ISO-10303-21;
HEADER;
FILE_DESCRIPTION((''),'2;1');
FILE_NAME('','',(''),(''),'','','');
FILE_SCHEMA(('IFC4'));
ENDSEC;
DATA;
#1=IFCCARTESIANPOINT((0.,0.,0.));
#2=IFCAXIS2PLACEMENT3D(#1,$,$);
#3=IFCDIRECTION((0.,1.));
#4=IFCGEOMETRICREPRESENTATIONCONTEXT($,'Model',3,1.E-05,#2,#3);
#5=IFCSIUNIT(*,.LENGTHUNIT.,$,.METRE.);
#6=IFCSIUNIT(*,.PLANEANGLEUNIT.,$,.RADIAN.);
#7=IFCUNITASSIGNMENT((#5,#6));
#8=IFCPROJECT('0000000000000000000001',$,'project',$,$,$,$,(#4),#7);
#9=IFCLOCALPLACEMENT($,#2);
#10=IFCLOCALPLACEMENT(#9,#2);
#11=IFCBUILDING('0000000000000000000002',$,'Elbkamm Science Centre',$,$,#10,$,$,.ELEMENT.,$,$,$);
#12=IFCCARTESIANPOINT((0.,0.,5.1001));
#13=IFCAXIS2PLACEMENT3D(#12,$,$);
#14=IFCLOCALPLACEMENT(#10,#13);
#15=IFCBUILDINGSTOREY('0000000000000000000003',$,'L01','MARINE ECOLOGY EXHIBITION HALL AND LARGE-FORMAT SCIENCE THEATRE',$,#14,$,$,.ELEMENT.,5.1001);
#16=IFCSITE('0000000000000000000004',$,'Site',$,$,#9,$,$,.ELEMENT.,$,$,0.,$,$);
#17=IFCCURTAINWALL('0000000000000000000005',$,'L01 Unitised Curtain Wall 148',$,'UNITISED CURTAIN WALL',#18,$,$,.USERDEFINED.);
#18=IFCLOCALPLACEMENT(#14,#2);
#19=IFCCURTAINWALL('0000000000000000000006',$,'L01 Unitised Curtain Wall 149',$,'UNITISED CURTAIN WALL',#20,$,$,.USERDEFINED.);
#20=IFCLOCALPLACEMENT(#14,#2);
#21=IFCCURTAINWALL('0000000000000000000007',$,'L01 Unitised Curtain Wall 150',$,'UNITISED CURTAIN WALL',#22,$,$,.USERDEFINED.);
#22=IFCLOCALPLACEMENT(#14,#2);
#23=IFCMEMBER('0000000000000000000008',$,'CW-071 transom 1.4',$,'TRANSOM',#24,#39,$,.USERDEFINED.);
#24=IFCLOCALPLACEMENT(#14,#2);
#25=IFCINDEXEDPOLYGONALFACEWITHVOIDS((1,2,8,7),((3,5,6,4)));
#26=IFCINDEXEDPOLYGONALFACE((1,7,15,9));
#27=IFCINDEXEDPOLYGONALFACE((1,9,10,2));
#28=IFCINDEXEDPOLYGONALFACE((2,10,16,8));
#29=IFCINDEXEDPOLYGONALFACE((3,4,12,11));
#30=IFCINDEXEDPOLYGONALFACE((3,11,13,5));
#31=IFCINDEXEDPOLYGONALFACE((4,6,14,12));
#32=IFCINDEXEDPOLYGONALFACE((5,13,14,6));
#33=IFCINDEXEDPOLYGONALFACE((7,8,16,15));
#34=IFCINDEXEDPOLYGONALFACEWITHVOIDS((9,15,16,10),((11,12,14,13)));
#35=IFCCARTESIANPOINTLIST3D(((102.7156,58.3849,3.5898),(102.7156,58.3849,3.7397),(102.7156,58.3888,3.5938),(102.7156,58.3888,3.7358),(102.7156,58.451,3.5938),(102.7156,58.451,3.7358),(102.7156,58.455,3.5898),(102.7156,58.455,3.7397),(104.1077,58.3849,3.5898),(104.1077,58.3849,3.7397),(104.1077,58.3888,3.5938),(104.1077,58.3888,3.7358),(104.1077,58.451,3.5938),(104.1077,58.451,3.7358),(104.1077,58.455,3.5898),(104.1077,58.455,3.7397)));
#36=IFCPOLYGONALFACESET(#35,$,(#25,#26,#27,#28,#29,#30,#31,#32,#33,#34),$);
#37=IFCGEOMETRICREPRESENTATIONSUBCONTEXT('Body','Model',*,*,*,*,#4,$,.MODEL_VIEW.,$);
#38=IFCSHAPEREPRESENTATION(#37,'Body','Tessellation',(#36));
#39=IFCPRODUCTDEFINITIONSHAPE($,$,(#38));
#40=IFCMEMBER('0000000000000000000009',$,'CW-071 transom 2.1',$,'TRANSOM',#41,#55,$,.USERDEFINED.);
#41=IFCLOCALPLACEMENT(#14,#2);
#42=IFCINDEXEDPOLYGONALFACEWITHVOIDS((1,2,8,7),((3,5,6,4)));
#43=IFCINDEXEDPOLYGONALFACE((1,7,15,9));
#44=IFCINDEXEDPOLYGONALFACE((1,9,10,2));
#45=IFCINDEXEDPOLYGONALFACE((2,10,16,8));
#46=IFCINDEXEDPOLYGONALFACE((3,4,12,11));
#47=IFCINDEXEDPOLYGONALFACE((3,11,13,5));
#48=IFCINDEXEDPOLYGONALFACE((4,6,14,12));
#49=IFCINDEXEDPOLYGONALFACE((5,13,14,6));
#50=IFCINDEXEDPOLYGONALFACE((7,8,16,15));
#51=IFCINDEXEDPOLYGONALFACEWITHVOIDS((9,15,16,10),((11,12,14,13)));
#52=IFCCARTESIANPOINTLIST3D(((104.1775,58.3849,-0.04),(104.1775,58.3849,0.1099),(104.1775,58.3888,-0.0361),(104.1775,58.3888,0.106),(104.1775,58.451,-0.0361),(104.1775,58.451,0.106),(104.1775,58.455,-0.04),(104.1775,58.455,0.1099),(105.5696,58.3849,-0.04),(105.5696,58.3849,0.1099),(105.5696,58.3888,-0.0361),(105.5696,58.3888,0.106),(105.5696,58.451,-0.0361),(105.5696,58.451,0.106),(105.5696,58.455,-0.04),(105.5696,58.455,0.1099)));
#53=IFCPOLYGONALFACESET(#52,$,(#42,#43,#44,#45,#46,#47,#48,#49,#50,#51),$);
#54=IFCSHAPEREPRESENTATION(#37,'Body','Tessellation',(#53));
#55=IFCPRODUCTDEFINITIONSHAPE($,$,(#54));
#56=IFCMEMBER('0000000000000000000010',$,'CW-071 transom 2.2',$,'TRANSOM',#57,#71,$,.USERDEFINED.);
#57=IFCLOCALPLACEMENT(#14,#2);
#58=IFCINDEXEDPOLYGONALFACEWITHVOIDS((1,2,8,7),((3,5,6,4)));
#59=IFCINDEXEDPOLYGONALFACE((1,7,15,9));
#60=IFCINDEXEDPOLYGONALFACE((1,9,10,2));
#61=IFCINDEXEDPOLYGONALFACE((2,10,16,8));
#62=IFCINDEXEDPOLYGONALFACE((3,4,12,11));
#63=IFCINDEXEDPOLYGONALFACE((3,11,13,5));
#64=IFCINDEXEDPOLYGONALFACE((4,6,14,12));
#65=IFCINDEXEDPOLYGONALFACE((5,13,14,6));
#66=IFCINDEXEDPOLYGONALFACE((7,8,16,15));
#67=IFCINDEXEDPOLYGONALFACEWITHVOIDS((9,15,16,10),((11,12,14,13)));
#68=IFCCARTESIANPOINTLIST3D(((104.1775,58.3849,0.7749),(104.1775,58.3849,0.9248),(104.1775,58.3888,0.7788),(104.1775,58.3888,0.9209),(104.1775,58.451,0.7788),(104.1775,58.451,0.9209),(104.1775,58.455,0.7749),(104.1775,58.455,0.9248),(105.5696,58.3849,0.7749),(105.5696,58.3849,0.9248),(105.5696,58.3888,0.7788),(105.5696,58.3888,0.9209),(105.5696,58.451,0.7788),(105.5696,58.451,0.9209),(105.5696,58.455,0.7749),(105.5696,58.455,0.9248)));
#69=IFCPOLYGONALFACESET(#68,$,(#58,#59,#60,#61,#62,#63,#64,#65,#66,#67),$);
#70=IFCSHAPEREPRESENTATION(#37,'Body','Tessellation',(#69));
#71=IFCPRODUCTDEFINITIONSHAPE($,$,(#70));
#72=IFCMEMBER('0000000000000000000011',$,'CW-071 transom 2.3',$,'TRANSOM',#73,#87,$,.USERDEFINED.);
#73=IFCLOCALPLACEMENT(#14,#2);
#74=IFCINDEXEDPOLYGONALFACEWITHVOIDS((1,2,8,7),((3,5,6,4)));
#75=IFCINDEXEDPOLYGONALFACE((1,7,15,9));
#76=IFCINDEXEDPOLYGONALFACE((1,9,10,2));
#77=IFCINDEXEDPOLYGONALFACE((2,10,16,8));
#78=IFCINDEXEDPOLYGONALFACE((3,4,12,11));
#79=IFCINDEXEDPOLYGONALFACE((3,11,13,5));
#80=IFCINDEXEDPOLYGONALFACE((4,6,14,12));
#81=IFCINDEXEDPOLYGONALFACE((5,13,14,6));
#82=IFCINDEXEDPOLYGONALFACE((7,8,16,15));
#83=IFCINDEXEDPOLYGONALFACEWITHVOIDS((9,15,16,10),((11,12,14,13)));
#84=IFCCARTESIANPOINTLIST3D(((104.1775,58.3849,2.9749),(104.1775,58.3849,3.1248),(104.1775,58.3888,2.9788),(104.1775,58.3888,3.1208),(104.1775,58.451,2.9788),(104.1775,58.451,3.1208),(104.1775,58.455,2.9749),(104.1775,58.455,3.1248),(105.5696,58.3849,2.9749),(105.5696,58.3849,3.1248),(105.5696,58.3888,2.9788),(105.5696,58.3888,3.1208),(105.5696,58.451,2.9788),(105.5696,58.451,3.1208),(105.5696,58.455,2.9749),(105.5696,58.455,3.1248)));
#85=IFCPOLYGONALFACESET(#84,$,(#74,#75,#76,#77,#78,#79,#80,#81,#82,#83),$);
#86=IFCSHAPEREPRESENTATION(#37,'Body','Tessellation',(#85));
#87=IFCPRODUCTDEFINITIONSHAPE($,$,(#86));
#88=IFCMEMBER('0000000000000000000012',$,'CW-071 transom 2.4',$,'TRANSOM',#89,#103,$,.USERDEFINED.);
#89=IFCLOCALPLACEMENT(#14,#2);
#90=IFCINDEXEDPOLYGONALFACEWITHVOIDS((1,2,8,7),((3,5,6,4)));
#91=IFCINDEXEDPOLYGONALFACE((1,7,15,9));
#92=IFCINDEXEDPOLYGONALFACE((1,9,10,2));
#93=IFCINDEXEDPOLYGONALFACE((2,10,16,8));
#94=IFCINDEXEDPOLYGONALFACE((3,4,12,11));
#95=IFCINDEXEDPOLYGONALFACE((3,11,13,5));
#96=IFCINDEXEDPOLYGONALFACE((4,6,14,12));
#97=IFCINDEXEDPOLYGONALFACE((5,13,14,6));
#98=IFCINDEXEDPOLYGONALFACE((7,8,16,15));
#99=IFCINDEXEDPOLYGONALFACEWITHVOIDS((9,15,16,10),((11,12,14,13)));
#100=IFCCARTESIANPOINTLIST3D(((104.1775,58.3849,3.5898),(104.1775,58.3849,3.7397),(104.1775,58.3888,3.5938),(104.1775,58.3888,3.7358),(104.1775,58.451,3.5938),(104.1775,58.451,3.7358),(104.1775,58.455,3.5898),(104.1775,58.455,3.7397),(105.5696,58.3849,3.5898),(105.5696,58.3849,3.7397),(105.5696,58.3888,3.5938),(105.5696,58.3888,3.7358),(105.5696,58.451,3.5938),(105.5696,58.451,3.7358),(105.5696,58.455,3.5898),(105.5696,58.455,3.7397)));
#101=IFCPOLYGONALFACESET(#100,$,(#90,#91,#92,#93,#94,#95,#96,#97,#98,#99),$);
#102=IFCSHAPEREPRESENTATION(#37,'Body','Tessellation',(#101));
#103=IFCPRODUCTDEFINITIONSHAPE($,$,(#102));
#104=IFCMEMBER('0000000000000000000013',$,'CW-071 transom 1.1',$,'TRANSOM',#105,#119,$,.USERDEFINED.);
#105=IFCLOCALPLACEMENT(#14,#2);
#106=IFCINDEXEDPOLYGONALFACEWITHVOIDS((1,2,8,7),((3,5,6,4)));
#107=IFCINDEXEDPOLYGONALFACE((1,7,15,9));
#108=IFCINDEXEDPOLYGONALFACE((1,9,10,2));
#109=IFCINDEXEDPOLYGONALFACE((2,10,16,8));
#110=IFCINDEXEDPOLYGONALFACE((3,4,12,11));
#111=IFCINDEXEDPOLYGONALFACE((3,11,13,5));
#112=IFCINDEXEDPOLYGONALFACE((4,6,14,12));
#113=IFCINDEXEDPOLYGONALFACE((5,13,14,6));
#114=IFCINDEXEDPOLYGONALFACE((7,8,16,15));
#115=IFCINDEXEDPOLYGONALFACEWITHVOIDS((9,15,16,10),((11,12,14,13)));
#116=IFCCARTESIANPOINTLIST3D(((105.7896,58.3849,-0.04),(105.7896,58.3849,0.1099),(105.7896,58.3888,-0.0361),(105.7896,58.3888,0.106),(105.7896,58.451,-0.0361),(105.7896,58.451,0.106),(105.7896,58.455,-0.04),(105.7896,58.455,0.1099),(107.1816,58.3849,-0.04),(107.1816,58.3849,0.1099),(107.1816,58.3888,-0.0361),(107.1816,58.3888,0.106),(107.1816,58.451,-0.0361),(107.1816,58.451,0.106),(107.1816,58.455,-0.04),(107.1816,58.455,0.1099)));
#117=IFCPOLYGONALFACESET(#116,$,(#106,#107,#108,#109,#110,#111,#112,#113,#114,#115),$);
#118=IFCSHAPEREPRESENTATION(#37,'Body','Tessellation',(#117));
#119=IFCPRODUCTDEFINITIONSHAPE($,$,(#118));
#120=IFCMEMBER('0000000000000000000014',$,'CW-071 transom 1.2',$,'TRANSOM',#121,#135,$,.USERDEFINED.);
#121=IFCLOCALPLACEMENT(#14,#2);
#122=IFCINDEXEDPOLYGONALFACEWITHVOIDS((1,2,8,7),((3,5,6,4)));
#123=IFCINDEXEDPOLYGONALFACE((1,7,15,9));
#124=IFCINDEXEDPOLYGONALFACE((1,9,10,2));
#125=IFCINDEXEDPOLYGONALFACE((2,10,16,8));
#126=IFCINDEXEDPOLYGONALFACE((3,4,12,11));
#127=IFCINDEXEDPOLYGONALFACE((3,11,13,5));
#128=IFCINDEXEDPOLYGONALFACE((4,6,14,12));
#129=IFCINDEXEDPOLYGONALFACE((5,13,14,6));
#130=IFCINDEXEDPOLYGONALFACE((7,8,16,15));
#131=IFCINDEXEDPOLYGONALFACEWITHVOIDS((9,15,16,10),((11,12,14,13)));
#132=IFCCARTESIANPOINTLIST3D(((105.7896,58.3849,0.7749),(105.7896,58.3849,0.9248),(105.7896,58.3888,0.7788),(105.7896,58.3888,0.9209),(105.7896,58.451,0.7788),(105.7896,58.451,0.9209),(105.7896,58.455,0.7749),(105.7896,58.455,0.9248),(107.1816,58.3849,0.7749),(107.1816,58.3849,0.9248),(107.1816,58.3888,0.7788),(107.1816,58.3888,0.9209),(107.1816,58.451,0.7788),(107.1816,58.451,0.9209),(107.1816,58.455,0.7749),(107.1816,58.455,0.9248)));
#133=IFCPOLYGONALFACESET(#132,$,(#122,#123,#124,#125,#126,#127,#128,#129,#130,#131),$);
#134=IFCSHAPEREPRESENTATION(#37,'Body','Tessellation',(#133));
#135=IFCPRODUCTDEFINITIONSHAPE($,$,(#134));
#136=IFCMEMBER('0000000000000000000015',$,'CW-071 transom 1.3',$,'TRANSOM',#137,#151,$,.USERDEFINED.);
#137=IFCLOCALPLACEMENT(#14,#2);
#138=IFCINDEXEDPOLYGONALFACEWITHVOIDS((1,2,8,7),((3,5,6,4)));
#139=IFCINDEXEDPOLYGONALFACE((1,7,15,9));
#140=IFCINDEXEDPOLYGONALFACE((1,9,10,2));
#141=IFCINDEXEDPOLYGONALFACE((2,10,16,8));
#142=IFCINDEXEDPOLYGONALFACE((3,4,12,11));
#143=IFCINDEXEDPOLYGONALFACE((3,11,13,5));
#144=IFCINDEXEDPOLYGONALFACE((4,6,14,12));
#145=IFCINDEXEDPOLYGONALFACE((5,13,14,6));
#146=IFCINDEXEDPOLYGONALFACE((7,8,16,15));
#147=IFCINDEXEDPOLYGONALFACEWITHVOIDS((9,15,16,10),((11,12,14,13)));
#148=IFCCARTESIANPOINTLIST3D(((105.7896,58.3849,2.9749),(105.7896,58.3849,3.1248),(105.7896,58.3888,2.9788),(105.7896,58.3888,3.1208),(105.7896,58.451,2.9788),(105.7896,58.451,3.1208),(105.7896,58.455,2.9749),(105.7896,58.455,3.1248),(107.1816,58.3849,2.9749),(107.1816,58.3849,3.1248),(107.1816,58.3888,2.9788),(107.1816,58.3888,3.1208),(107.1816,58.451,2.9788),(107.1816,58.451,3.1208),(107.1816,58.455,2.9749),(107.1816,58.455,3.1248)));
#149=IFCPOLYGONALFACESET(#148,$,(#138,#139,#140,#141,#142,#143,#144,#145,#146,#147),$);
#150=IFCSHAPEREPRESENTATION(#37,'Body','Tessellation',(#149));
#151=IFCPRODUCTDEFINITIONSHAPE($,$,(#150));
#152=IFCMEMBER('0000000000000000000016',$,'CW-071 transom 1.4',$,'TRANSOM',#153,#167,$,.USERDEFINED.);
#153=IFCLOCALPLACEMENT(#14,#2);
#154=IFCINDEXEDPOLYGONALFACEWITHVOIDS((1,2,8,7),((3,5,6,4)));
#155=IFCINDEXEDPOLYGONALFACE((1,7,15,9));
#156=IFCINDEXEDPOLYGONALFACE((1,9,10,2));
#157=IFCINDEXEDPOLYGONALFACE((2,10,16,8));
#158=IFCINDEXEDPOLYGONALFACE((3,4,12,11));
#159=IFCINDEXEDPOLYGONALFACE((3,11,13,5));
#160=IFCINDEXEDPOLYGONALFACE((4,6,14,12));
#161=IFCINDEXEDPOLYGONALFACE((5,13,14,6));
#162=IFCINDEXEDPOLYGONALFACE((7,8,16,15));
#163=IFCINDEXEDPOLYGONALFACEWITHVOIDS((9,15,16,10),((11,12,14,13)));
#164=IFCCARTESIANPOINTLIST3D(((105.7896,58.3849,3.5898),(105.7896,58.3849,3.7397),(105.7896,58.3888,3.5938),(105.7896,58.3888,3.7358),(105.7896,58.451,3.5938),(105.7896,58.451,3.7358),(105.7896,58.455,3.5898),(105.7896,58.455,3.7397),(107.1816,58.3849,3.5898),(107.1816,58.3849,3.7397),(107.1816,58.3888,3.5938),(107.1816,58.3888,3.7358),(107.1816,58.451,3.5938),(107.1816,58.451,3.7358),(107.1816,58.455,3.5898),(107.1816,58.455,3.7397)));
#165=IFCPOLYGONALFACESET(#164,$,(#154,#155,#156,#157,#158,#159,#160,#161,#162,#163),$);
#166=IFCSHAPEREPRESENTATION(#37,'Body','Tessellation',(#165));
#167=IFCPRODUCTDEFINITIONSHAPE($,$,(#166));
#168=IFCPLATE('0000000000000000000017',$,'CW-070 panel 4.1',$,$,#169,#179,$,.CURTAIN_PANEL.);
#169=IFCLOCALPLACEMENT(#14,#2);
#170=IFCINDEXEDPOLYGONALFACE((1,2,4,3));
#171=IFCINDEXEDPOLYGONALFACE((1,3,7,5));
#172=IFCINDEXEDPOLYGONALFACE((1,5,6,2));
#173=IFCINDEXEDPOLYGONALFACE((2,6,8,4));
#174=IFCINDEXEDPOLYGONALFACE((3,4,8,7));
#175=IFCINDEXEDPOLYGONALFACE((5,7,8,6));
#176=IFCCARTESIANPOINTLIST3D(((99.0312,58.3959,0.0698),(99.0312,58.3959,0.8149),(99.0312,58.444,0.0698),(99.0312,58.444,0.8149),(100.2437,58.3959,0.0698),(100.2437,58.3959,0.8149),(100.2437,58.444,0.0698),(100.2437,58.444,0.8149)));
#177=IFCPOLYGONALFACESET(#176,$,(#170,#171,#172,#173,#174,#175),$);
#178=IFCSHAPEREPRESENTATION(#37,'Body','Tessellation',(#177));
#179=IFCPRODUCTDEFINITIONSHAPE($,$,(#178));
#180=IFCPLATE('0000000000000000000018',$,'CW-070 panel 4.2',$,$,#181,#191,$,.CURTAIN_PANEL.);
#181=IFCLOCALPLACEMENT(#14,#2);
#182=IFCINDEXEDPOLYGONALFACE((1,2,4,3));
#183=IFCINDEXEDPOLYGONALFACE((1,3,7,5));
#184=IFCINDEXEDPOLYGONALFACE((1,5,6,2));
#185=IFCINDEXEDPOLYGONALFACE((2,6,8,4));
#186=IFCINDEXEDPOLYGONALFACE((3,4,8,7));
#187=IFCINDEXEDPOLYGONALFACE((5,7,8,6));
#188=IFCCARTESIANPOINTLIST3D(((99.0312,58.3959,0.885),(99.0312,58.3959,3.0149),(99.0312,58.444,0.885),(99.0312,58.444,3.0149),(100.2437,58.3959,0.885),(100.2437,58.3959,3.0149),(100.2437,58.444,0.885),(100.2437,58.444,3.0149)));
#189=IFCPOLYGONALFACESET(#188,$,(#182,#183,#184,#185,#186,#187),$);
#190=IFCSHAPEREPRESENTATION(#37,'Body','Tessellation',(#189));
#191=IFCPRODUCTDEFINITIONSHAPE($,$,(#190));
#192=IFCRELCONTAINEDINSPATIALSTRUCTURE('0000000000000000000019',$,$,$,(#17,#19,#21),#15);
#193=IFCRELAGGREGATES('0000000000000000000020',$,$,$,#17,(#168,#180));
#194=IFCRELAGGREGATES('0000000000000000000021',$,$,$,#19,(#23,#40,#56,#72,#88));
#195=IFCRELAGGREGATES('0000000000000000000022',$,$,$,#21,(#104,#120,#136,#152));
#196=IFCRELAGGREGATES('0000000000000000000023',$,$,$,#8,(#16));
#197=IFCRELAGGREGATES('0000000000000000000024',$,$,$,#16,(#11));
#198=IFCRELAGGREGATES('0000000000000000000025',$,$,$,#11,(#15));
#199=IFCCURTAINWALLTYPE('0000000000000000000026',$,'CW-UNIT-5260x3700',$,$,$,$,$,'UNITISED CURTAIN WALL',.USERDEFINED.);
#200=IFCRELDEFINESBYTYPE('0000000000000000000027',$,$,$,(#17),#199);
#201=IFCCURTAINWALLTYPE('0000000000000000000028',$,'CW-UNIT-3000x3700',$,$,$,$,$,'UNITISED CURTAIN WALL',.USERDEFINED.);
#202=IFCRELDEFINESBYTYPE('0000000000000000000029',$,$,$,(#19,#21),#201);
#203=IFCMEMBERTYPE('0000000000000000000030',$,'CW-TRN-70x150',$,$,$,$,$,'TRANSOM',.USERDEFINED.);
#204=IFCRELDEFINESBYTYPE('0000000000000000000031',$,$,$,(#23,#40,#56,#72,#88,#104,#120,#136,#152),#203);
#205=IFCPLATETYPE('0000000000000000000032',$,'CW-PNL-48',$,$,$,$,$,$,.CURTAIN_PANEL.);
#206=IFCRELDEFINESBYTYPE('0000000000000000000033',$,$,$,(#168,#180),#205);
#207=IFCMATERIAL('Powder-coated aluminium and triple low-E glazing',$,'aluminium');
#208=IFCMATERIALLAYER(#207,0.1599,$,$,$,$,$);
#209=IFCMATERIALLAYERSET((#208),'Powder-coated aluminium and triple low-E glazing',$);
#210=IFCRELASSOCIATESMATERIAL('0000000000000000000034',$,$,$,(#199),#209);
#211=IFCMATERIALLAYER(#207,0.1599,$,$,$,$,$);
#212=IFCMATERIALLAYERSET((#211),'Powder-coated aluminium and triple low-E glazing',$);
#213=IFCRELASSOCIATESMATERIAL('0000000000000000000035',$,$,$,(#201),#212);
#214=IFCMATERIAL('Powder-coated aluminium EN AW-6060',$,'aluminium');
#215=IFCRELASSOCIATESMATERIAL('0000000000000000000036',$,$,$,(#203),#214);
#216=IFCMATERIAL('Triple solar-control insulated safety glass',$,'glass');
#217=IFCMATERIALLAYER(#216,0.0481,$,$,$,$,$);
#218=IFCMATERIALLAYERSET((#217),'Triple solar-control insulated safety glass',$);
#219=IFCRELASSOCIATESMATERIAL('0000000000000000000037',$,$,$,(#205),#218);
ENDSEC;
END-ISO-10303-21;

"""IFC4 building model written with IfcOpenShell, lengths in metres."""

from ifc_helpers import new_model, si_unit, direction, frame, origin, origin_2d, place, context, subcontext, project, spatial, rectangle, hollow_rectangle, extrude, material, layer, layer_set, material_profile, profile_set, type_object, element, aggregate, save


model = new_model("IFC4")

# Units and contexts
model_context = context("Model", 3, precision=1e-05, world=origin(), true_north=direction((0.0, 1.0)))
body_context = subcontext(model_context, "Body", "Model", "MODEL_VIEW")
ifc_project = project(units=[si_unit("LENGTHUNIT", "METRE"), si_unit("PLANEANGLEUNIT", "RADIAN")], contexts=[model_context])

# Site, building, storey
site_placement = place(None, origin())
site = spatial("IfcSite", under=ifc_project, at=site_placement, Name="Site", CompositionType="ELEMENT", RefElevation=0.0)
building_placement = place(site_placement, origin())
building = spatial("IfcBuilding", under=site, at=building_placement, Name="Elbkamm Science Centre", CompositionType="ELEMENT")
storey_placement = place(building_placement, frame((0.0, 0.0, 5.1001)))
storey = spatial("IfcBuildingStorey", under=building, at=storey_placement, Name="L01", Description="MARINE ECOLOGY EXHIBITION HALL AND LARGE-FORMAT SCIENCE THEATRE", CompositionType="ELEMENT", Elevation=5.1001)

# Curtain wall
ifc_material_1 = material(Name="Powder-coated aluminium and triple low-E glazing", Category="aluminium")
ifc_layer_1 = layer(ifc_material_1, 0.1599)
ifc_layer_set_1 = layer_set([ifc_layer_1], Name="Powder-coated aluminium and triple low-E glazing")
curtain_wall_type_1 = type_object("IfcCurtainWallType", Name="CW-UNIT-5260x3700", ElementType="UNITISED CURTAIN WALL", PredefinedType="USERDEFINED", material=ifc_layer_set_1)
curtain_wall_1_placement = place(storey_placement, origin())
curtain_wall_1 = element("IfcCurtainWall", 1, at=curtain_wall_1_placement, inside=storey, type_object=curtain_wall_type_1, Name="L01 Unitised Curtain Wall 148", ObjectType="UNITISED CURTAIN WALL", PredefinedType="USERDEFINED")
ifc_material_2 = material(Name="Powder-coated aluminium EN AW-6060", Category="aluminium")

# Curtain wall
ifc_layer_2 = layer(ifc_material_1, 0.1599)
ifc_layer_set_2 = layer_set([ifc_layer_2], Name="Powder-coated aluminium and triple low-E glazing")
curtain_wall_type_2 = type_object("IfcCurtainWallType", Name="CW-UNIT-3000x3700", ElementType="UNITISED CURTAIN WALL", PredefinedType="USERDEFINED", material=ifc_layer_set_2)
curtain_wall_2_placement = place(storey_placement, origin())
curtain_wall_2 = element("IfcCurtainWall", 2, at=curtain_wall_2_placement, inside=storey, type_object=curtain_wall_type_2, Name="L01 Unitised Curtain Wall 149", ObjectType="UNITISED CURTAIN WALL", PredefinedType="USERDEFINED")

# Curtain wall
curtain_wall_3_placement = place(storey_placement, origin())
curtain_wall_3 = element("IfcCurtainWall", 3, at=curtain_wall_3_placement, inside=storey, type_object=curtain_wall_type_2, Name="L01 Unitised Curtain Wall 150", ObjectType="UNITISED CURTAIN WALL", PredefinedType="USERDEFINED")

# Members
ifc_material_profile_1 = material_profile(ifc_material_2, hollow_rectangle(XDim=0.0701, YDim=0.1499, WallThickness=0.0039, at=origin_2d()), Name="ALU T70x150")
ifc_profile_set_1 = profile_set([ifc_material_profile_1], Name="Powder-coated aluminium EN AW-6060")
member_type_1 = type_object("IfcMemberType", Name="CW-TRN-70x150", ElementType="TRANSOM", PredefinedType="USERDEFINED", material=ifc_profile_set_1)
member_1_placement = place(storey_placement, frame((102.7156, 58.4199, 3.6648), z_axis=(1.0, 0.0, 0.0), x_axis=(0.0, 1.0, 0.0)))
member_1 = element("IfcMember", 4, at=member_1_placement, type_object=member_type_1, Name="CW-071 transom 1.4", ObjectType="TRANSOM", PredefinedType="USERDEFINED", context=body_context, shape_type="SweptSolid", body=[
    extrude(hollow_rectangle(XDim=0.0701, YDim=0.1499, WallThickness=0.0039, at=origin_2d()), origin(), (0.0, 0.0, 1.0), 1.3921),
])
member_2_placement = place(storey_placement, frame((104.1775, 58.4199, 0.0349), z_axis=(1.0, 0.0, 0.0), x_axis=(0.0, 1.0, 0.0)))
member_2 = element("IfcMember", 5, at=member_2_placement, type_object=member_type_1, Name="CW-071 transom 2.1", ObjectType="TRANSOM", PredefinedType="USERDEFINED", context=body_context, shape_type="SweptSolid", body=[
    extrude(hollow_rectangle(XDim=0.0701, YDim=0.1499, WallThickness=0.0039, at=origin_2d()), origin(), (0.0, 0.0, 1.0), 1.3921),
])
member_3_placement = place(storey_placement, frame((104.1775, 58.4199, 0.8499), z_axis=(1.0, 0.0, 0.0), x_axis=(0.0, 1.0, 0.0)))
member_3 = element("IfcMember", 6, at=member_3_placement, type_object=member_type_1, Name="CW-071 transom 2.2", ObjectType="TRANSOM", PredefinedType="USERDEFINED", context=body_context, shape_type="SweptSolid", body=[
    extrude(hollow_rectangle(XDim=0.0701, YDim=0.1499, WallThickness=0.0039, at=origin_2d()), origin(), (0.0, 0.0, 1.0), 1.3921),
])
member_4_placement = place(storey_placement, frame((104.1775, 58.4199, 3.0498), z_axis=(1.0, 0.0, 0.0), x_axis=(0.0, 1.0, 0.0)))
member_4 = element("IfcMember", 7, at=member_4_placement, type_object=member_type_1, Name="CW-071 transom 2.3", ObjectType="TRANSOM", PredefinedType="USERDEFINED", context=body_context, shape_type="SweptSolid", body=[
    extrude(hollow_rectangle(XDim=0.0701, YDim=0.1499, WallThickness=0.0039, at=origin_2d()), origin(), (0.0, 0.0, 1.0), 1.3921),
])
member_5_placement = place(storey_placement, frame((104.1775, 58.4199, 3.6648), z_axis=(1.0, 0.0, 0.0), x_axis=(0.0, 1.0, 0.0)))
member_5 = element("IfcMember", 8, at=member_5_placement, type_object=member_type_1, Name="CW-071 transom 2.4", ObjectType="TRANSOM", PredefinedType="USERDEFINED", context=body_context, shape_type="SweptSolid", body=[
    extrude(hollow_rectangle(XDim=0.0701, YDim=0.1499, WallThickness=0.0039, at=origin_2d()), origin(), (0.0, 0.0, 1.0), 1.3921),
])
member_6_placement = place(storey_placement, frame((105.7896, 58.4199, 0.0349), z_axis=(1.0, 0.0, 0.0), x_axis=(0.0, 1.0, 0.0)))
member_6 = element("IfcMember", 9, at=member_6_placement, type_object=member_type_1, Name="CW-071 transom 1.1", ObjectType="TRANSOM", PredefinedType="USERDEFINED", context=body_context, shape_type="SweptSolid", body=[
    extrude(hollow_rectangle(XDim=0.0701, YDim=0.1499, WallThickness=0.0039, at=origin_2d()), origin(), (0.0, 0.0, 1.0), 1.3921),
])
member_7_placement = place(storey_placement, frame((105.7896, 58.4199, 0.8499), z_axis=(1.0, 0.0, 0.0), x_axis=(0.0, 1.0, 0.0)))
member_7 = element("IfcMember", 10, at=member_7_placement, type_object=member_type_1, Name="CW-071 transom 1.2", ObjectType="TRANSOM", PredefinedType="USERDEFINED", context=body_context, shape_type="SweptSolid", body=[
    extrude(hollow_rectangle(XDim=0.0701, YDim=0.1499, WallThickness=0.0039, at=origin_2d()), origin(), (0.0, 0.0, 1.0), 1.3921),
])
member_8_placement = place(storey_placement, frame((105.7896, 58.4199, 3.0498), z_axis=(1.0, 0.0, 0.0), x_axis=(0.0, 1.0, 0.0)))
member_8 = element("IfcMember", 11, at=member_8_placement, type_object=member_type_1, Name="CW-071 transom 1.3", ObjectType="TRANSOM", PredefinedType="USERDEFINED", context=body_context, shape_type="SweptSolid", body=[
    extrude(hollow_rectangle(XDim=0.0701, YDim=0.1499, WallThickness=0.0039, at=origin_2d()), origin(), (0.0, 0.0, 1.0), 1.3921),
])
member_9_placement = place(storey_placement, frame((105.7896, 58.4199, 3.6648), z_axis=(1.0, 0.0, 0.0), x_axis=(0.0, 1.0, 0.0)))
member_9 = element("IfcMember", 12, at=member_9_placement, type_object=member_type_1, Name="CW-071 transom 1.4", ObjectType="TRANSOM", PredefinedType="USERDEFINED", context=body_context, shape_type="SweptSolid", body=[
    extrude(hollow_rectangle(XDim=0.0701, YDim=0.1499, WallThickness=0.0039, at=origin_2d()), origin(), (0.0, 0.0, 1.0), 1.3921),
])

# Plates
ifc_material_3 = material(Name="Triple solar-control insulated safety glass", Category="glass")
ifc_layer_3 = layer(ifc_material_3, 0.0481)
ifc_layer_set_3 = layer_set([ifc_layer_3], Name="Triple solar-control insulated safety glass")
plate_type = type_object("IfcPlateType", Name="CW-PNL-48", PredefinedType="CURTAIN_PANEL", material=ifc_layer_set_3)
plate_1_placement = place(storey_placement, frame((99.6375, 58.4199, 0.0698), z_axis=(0.0, 0.0, 1.0), x_axis=(1.0, 0.0, 0.0)))
plate_1 = element("IfcPlate", 13, at=plate_1_placement, type_object=plate_type, Name="CW-070 panel 4.1", PredefinedType="CURTAIN_PANEL", context=body_context, shape_type="SweptSolid", body=[
    extrude(rectangle(XDim=1.2124, YDim=0.0481, at=origin_2d()), origin(), (0.0, 0.0, 1.0), 0.7451),
])
plate_2_placement = place(storey_placement, frame((99.6375, 58.4199, 0.885), z_axis=(0.0, 0.0, 1.0), x_axis=(1.0, 0.0, 0.0)))
plate_2 = element("IfcPlate", 14, at=plate_2_placement, type_object=plate_type, Name="CW-070 panel 4.2", PredefinedType="CURTAIN_PANEL", context=body_context, shape_type="SweptSolid", body=[
    extrude(rectangle(XDim=1.2124, YDim=0.0481, at=origin_2d()), origin(), (0.0, 0.0, 1.0), 2.1299),
])
aggregate(curtain_wall_1, [plate_1, plate_2])
aggregate(curtain_wall_2, [member_1, member_2, member_3, member_4, member_5])
aggregate(curtain_wall_3, [member_6, member_7, member_8, member_9])

save(model, "model.ifc")
